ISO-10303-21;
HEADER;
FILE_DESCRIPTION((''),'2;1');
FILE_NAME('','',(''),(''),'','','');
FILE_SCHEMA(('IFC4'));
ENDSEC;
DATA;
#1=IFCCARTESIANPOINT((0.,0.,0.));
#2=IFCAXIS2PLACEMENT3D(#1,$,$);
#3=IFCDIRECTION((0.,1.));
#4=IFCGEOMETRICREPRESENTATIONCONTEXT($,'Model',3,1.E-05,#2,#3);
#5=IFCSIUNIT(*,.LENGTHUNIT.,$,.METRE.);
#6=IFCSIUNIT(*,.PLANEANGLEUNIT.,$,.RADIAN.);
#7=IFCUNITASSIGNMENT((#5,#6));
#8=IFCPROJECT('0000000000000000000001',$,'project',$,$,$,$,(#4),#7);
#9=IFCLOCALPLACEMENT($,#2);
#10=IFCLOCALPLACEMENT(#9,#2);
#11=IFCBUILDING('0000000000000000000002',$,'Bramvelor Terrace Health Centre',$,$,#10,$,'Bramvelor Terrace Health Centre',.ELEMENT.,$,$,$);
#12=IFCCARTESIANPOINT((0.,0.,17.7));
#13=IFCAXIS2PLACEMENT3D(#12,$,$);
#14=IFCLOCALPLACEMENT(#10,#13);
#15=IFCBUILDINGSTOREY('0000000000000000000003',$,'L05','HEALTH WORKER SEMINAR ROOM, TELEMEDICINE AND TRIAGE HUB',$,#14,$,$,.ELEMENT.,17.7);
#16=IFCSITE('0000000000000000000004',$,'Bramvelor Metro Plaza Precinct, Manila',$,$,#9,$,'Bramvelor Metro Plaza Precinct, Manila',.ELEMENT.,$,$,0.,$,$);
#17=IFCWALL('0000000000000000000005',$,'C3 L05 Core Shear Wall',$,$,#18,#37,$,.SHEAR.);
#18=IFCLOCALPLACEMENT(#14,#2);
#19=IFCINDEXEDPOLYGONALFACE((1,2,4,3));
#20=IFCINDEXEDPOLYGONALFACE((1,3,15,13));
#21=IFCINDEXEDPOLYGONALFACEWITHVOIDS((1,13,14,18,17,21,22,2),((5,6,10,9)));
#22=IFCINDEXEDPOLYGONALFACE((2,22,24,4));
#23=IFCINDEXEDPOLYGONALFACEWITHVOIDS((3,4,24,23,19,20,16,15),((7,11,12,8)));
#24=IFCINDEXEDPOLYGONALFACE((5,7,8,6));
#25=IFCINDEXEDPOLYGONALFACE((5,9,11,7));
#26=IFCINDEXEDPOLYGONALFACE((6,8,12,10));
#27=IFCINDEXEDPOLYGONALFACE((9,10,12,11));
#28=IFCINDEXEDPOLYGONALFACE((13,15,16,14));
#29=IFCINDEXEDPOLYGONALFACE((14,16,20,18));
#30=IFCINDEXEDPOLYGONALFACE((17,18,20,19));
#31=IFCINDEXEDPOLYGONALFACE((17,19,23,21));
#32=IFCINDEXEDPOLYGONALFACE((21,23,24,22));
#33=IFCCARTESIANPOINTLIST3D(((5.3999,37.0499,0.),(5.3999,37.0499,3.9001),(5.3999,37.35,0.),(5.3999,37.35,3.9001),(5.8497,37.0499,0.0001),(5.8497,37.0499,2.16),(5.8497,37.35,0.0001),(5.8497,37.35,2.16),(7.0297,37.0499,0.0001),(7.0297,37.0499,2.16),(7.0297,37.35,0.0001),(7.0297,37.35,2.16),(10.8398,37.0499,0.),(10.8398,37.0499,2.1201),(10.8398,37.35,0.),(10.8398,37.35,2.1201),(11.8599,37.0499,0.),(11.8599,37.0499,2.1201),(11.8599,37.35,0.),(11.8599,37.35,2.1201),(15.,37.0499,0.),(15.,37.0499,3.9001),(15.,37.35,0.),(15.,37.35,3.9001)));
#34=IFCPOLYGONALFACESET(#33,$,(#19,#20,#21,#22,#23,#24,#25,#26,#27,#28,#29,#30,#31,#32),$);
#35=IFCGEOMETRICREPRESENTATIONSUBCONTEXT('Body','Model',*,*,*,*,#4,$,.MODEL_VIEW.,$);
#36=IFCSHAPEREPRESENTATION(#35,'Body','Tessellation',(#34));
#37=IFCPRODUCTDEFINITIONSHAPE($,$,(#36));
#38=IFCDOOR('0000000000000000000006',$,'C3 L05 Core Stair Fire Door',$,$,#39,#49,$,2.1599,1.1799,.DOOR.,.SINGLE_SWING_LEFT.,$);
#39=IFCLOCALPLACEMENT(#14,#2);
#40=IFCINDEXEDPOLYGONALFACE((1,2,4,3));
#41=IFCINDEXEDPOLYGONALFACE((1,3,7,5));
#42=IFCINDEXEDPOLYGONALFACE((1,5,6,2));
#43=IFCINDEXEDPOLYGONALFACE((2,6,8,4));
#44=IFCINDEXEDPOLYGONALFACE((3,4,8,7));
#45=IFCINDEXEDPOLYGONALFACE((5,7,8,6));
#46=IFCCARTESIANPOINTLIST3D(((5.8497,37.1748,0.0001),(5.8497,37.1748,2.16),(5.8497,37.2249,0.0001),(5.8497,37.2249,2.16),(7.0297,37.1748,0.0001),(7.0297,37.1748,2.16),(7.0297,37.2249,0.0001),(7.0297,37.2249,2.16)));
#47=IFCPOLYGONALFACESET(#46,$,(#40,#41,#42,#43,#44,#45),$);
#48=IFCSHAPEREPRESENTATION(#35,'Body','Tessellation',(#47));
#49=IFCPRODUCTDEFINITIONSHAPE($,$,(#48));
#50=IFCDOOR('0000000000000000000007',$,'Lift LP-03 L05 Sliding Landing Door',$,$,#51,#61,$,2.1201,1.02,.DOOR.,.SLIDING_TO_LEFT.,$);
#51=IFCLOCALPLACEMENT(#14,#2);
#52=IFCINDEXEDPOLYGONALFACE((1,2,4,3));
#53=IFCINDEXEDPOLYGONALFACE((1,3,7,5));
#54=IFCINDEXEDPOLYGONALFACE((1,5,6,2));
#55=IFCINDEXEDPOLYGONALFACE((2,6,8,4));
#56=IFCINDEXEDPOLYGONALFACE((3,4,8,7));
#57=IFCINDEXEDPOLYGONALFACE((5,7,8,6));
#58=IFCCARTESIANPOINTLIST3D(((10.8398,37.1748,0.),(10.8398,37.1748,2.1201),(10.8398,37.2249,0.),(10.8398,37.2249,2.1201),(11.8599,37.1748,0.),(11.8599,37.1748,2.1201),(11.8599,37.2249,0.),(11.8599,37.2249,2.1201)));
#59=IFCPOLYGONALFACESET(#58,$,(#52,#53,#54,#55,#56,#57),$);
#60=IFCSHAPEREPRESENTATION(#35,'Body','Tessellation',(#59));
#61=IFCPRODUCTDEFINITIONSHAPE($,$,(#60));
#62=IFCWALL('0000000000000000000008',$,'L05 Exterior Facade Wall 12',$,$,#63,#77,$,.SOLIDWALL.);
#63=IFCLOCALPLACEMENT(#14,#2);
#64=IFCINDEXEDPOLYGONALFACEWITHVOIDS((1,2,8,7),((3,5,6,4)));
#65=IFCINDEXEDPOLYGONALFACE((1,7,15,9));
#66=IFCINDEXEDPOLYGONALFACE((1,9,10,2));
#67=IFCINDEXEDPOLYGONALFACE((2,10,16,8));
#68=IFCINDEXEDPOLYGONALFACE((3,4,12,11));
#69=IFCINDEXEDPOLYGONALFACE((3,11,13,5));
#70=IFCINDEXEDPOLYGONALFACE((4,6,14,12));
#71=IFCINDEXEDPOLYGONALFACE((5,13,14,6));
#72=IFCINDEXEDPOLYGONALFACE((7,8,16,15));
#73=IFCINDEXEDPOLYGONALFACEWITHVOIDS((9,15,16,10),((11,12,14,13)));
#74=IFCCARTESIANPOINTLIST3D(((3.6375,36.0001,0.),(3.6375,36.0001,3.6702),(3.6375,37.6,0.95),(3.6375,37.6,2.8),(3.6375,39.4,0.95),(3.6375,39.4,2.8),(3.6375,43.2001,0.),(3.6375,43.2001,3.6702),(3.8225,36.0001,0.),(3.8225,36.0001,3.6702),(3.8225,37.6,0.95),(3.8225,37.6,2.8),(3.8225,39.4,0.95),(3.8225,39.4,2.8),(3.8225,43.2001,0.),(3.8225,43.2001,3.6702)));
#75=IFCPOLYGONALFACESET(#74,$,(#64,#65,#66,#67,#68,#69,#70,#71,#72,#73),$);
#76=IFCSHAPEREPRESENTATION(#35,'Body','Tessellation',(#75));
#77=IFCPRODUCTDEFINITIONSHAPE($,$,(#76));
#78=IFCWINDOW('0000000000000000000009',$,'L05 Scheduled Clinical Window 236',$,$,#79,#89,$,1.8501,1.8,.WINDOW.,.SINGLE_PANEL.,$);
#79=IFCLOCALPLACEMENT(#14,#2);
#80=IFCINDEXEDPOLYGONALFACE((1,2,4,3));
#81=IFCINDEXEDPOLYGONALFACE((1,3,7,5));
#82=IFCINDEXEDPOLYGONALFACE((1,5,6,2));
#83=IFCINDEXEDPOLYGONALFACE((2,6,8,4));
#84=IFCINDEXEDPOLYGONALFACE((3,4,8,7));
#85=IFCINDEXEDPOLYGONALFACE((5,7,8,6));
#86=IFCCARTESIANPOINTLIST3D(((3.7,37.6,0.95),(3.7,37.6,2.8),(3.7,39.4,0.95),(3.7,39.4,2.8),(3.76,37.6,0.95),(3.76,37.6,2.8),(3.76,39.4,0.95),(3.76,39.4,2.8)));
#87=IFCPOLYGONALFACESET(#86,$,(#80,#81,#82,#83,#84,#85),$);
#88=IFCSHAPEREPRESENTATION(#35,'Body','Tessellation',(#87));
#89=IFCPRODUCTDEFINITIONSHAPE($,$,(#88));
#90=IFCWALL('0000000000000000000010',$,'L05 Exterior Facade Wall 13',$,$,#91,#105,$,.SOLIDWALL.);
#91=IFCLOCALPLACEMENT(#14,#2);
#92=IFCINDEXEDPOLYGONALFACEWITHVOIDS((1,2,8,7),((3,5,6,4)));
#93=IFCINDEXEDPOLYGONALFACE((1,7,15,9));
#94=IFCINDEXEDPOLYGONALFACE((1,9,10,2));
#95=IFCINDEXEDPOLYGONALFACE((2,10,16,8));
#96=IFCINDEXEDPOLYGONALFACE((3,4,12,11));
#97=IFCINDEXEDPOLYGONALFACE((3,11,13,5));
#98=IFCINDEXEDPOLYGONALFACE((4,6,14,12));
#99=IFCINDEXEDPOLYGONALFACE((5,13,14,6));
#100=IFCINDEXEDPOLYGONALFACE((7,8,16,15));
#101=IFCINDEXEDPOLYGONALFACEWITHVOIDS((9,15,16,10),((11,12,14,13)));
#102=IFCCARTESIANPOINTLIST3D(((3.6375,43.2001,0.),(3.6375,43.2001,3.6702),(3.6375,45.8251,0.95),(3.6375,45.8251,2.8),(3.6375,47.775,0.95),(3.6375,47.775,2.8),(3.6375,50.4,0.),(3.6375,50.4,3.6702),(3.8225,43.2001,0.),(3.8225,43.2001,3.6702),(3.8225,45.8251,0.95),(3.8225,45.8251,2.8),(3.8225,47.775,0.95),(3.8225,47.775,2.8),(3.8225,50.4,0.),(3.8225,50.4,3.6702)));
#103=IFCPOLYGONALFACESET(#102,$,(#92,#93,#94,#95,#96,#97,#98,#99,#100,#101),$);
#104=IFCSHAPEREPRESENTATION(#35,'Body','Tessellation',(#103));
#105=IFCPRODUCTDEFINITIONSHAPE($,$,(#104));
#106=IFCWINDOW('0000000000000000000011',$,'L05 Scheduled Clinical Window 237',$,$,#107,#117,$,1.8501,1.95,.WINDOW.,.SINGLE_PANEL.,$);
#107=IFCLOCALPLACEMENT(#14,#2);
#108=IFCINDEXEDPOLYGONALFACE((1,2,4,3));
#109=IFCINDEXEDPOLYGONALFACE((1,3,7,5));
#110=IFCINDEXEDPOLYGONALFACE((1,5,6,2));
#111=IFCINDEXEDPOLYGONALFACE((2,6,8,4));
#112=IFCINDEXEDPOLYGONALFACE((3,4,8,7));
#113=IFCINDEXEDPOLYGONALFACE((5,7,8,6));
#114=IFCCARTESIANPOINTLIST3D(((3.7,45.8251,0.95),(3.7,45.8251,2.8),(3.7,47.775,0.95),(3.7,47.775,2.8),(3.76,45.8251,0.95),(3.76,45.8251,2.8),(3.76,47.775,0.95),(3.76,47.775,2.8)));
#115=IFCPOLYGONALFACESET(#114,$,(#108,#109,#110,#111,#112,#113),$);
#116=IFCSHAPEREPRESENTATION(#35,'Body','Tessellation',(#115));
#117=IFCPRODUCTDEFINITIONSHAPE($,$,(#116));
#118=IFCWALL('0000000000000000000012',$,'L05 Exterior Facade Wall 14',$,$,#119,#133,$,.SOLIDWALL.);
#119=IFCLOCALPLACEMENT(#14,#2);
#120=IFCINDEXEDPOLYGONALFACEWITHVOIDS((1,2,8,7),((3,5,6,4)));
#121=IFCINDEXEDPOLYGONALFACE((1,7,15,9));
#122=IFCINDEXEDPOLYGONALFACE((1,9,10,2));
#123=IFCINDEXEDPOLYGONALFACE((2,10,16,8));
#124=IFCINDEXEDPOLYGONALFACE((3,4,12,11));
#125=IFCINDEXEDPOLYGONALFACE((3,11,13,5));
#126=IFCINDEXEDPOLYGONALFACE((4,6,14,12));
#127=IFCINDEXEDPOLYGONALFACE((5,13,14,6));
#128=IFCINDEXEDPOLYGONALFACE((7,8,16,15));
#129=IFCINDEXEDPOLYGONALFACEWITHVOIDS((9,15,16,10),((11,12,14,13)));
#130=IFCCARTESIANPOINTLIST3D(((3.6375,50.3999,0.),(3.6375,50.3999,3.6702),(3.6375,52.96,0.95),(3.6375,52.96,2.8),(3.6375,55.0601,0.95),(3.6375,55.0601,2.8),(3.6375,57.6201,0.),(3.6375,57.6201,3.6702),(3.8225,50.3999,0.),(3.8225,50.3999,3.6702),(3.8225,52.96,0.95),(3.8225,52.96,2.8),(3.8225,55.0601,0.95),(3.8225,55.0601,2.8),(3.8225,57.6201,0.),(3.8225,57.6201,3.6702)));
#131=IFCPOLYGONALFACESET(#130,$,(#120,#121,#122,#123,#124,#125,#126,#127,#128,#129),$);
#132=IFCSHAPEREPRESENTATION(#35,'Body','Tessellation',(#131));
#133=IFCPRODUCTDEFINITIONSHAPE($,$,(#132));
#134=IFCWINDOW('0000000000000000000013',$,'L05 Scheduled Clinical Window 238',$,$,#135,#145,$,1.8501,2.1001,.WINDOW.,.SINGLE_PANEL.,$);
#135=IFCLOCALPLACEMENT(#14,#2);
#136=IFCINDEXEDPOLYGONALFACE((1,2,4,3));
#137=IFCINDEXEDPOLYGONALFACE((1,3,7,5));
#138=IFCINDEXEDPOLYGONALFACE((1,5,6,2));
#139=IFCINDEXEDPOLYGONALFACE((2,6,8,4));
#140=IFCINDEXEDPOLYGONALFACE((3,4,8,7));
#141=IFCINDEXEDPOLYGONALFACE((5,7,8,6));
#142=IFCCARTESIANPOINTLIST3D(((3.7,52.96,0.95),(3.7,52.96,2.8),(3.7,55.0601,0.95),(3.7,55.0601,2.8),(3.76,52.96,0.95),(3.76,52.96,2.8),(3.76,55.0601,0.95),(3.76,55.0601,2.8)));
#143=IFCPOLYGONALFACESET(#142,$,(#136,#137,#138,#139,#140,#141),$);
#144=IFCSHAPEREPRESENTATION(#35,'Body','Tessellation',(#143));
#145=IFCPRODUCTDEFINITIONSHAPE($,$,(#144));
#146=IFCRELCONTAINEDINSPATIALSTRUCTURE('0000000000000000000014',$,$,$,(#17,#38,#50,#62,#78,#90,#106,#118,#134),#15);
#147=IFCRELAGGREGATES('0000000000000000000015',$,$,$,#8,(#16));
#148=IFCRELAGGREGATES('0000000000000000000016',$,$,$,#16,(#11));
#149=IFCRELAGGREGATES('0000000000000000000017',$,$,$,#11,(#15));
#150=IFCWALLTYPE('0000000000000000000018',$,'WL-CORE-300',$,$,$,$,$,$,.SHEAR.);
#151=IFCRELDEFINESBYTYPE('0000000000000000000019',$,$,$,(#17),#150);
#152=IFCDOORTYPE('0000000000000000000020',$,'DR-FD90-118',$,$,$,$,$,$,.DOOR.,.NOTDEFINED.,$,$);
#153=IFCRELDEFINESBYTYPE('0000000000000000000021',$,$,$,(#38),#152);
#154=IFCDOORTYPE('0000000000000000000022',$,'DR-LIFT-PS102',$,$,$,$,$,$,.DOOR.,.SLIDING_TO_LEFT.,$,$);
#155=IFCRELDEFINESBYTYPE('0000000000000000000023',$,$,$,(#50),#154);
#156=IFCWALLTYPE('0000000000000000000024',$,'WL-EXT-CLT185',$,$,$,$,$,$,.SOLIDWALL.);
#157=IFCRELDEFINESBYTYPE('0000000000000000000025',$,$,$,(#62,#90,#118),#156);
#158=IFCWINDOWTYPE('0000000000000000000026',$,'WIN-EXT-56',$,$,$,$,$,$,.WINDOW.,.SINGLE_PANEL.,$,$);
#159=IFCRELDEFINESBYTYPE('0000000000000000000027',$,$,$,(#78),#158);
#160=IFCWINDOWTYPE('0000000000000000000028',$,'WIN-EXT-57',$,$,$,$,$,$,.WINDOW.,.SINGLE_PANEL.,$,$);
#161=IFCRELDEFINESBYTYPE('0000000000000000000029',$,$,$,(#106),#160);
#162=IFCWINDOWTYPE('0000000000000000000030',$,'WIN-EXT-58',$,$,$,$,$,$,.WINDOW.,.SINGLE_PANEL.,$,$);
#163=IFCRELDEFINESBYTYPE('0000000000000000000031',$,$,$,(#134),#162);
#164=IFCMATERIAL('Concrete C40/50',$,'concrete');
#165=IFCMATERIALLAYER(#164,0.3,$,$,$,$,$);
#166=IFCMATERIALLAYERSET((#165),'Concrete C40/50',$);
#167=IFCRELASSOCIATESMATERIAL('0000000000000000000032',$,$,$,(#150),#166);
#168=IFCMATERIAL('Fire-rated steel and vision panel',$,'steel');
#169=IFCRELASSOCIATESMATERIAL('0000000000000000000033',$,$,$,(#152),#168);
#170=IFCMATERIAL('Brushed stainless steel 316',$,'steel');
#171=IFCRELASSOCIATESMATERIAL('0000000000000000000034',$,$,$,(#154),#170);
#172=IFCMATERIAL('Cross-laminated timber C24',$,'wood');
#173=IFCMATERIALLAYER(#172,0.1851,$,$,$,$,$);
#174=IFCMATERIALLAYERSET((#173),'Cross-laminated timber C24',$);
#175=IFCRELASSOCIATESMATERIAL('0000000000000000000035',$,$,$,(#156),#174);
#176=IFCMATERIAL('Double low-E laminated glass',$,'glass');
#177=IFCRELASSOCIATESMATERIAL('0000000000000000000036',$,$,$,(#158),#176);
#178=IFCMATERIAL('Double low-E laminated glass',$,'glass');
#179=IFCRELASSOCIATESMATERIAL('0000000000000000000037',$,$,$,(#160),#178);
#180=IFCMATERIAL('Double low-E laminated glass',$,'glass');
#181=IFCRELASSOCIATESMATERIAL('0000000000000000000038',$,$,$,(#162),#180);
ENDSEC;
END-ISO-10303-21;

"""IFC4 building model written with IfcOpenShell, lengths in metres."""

from ifc_helpers import new_model, si_unit, direction, frame, frame_2d, origin, place, context, subcontext, project, spatial, rectangle, extrude, material, layer, layer_set, type_object, element, fill, save


model = new_model("IFC4")

# Units and contexts
model_context = context("Model", 3, precision=1e-05, world=origin(), true_north=direction((0.0, 1.0)))
body_context = subcontext(model_context, "Body", "Model", "MODEL_VIEW")
ifc_project = project(units=[si_unit("LENGTHUNIT", "METRE"), si_unit("PLANEANGLEUNIT", "RADIAN")], contexts=[model_context])

# Site, building, storey
site_placement = place(None, origin())
site = spatial("IfcSite", under=ifc_project, at=site_placement, Name="Bramvelor Metro Plaza Precinct, Manila", LongName="Bramvelor Metro Plaza Precinct, Manila", CompositionType="ELEMENT", RefElevation=0.0)
building_placement = place(site_placement, origin())
building = spatial("IfcBuilding", under=site, at=building_placement, Name="Bramvelor Terrace Health Centre", LongName="Bramvelor Terrace Health Centre", CompositionType="ELEMENT")
storey_placement = place(building_placement, frame((0.0, 0.0, 17.7)))
storey = spatial("IfcBuildingStorey", under=building, at=storey_placement, Name="L05", Description="HEALTH WORKER SEMINAR ROOM, TELEMEDICINE AND TRIAGE HUB", CompositionType="ELEMENT", Elevation=17.7)

# Wall, openings, doors
ifc_material_1 = material(Name="Concrete C40/50", Category="concrete")
ifc_layer_1 = layer(ifc_material_1, 0.3)
ifc_layer_set_1 = layer_set([ifc_layer_1], Name="Concrete C40/50")
wall_type_1 = type_object("IfcWallType", Name="WL-CORE-300", PredefinedType="SHEAR", material=ifc_layer_set_1)
wall_1_placement = place(storey_placement, frame((5.3999, 37.2, 0.0), z_axis=(0.0, 0.0, 1.0), x_axis=(1.0, 0.0, 0.0)))
wall_1 = element("IfcWall", 1, at=wall_1_placement, inside=storey, type_object=wall_type_1, Name="C3 L05 Core Shear Wall", PredefinedType="SHEAR", context=body_context, shape_type="SweptSolid", body=[
    extrude(rectangle(XDim=9.6001, YDim=0.3, at=frame_2d((4.8, 0.0))), origin(), (0.0, 0.0, 1.0), 3.9001),
])
opening_1_placement = place(wall_1_placement, frame((0.45, 0.0, 0.0)))
opening_1 = element("IfcOpeningElement", 2, at=opening_1_placement, cuts=wall_1, PredefinedType="OPENING", context=body_context, shape_type="SweptSolid", body=[
    extrude(rectangle(XDim=1.1799, YDim=2.1599, at=frame_2d((0.5898, 1.0801))), frame((0.0, 0.1599, 0.0), z_axis=(0.0, -1.0, 0.0), x_axis=(1.0, 0.0, 0.0)), (0.0, 0.0, 1.0), 0.3201),
])
opening_2_placement = place(wall_1_placement, frame((5.4399, 0.0, 0.0)))
opening_2 = element("IfcOpeningElement", 3, at=opening_2_placement, cuts=wall_1, PredefinedType="OPENING", context=body_context, shape_type="SweptSolid", body=[
    extrude(rectangle(XDim=1.02, YDim=2.1201, at=frame_2d((0.51, 1.0601))), frame((0.0, 0.1599, 0.0), z_axis=(0.0, -1.0, 0.0), x_axis=(1.0, 0.0, 0.0)), (0.0, 0.0, 1.0), 0.3201),
])
ifc_material_2 = material(Name="Fire-rated steel and vision panel", Category="steel")
door_type_1 = type_object("IfcDoorType", Name="DR-FD90-118", OperationType="NOTDEFINED", PredefinedType="DOOR", material=ifc_material_2)
door_1_placement = place(opening_1_placement, origin())
door_1 = element("IfcDoor", 4, at=door_1_placement, inside=storey, type_object=door_type_1, Name="C3 L05 Core Stair Fire Door", OperationType="SINGLE_SWING_LEFT", OverallHeight=2.1599, OverallWidth=1.1799, PredefinedType="DOOR", context=body_context, shape_type="SweptSolid", body=[
    extrude(rectangle(XDim=1.1799, YDim=2.1599, at=frame_2d((0.5898, 1.0801))), frame((0.0, 0.0249, 0.0), z_axis=(0.0, -1.0, 0.0), x_axis=(1.0, 0.0, 0.0)), (0.0, 0.0, 1.0), 0.05),
])
fill(opening_1, door_1)
ifc_material_3 = material(Name="Brushed stainless steel 316", Category="steel")
door_type_2 = type_object("IfcDoorType", Name="DR-LIFT-PS102", OperationType="SLIDING_TO_LEFT", PredefinedType="DOOR", material=ifc_material_3)
door_2_placement = place(opening_2_placement, origin())
door_2 = element("IfcDoor", 5, at=door_2_placement, inside=storey, type_object=door_type_2, Name="Lift LP-03 L05 Sliding Landing Door", OperationType="SLIDING_TO_LEFT", OverallHeight=2.1201, OverallWidth=1.02, PredefinedType="DOOR", context=body_context, shape_type="SweptSolid", body=[
    extrude(rectangle(XDim=1.02, YDim=2.1201, at=frame_2d((0.51, 1.0601))), frame((0.0, 0.0249, 0.0), z_axis=(0.0, -1.0, 0.0), x_axis=(1.0, 0.0, 0.0)), (0.0, 0.0, 1.0), 0.05),
])
fill(opening_2, door_2)

# Walls, openings, windows
ifc_material_4 = material(Name="Cross-laminated timber C24", Category="wood")
ifc_layer_2 = layer(ifc_material_4, 0.1851)
ifc_layer_set_2 = layer_set([ifc_layer_2], Name="Cross-laminated timber C24")
wall_type_2 = type_object("IfcWallType", Name="WL-EXT-CLT185", PredefinedType="SOLIDWALL", material=ifc_layer_set_2)
wall_2_placement = place(storey_placement, frame((3.73, 36.0, 0.0), z_axis=(0.0, 0.0, 1.0), x_axis=(0.0, 1.0, 0.0)))
wall_2 = element("IfcWall", 6, at=wall_2_placement, inside=storey, type_object=wall_type_2, Name="L05 Exterior Facade Wall 12", PredefinedType="SOLIDWALL", context=body_context, shape_type="SweptSolid", body=[
    extrude(rectangle(XDim=7.2, YDim=0.1851, at=frame_2d((3.6001, 0.0))), origin(), (0.0, 0.0, 1.0), 3.6702),
])
opening_3_placement = place(wall_2_placement, frame((1.6001, 0.0, 0.95)))
opening_3 = element("IfcOpeningElement", 7, at=opening_3_placement, cuts=wall_2, PredefinedType="OPENING", context=body_context, shape_type="SweptSolid", body=[
    extrude(rectangle(XDim=1.8, YDim=1.8501, at=frame_2d((0.8999, 0.925))), frame((0.0, 0.1025, 0.0), z_axis=(0.0, -1.0, 0.0), x_axis=(1.0, 0.0, 0.0)), (0.0, 0.0, 1.0), 0.2051),
])
ifc_material_5 = material(Name="Double low-E laminated glass", Category="glass")
window_type_1 = type_object("IfcWindowType", Name="WIN-EXT-56", PartitioningType="SINGLE_PANEL", PredefinedType="WINDOW", material=ifc_material_5)
window_1_placement = place(opening_3_placement, origin())
window_1 = element("IfcWindow", 8, at=window_1_placement, inside=storey, type_object=window_type_1, Name="L05 Scheduled Clinical Window 236", OverallHeight=1.8501, OverallWidth=1.8, PartitioningType="SINGLE_PANEL", PredefinedType="WINDOW", context=body_context, shape_type="SweptSolid", body=[
    extrude(rectangle(XDim=1.8, YDim=1.8501, at=frame_2d((0.8999, 0.925))), frame((0.0, 0.03, 0.0), z_axis=(0.0, -1.0, 0.0), x_axis=(1.0, 0.0, 0.0)), (0.0, 0.0, 1.0), 0.0601),
])
fill(opening_3, window_1)
wall_3_placement = place(storey_placement, frame((3.73, 43.2, 0.0), z_axis=(0.0, 0.0, 1.0), x_axis=(0.0, 1.0, 0.0)))
wall_3 = element("IfcWall", 9, at=wall_3_placement, inside=storey, type_object=wall_type_2, Name="L05 Exterior Facade Wall 13", PredefinedType="SOLIDWALL", context=body_context, shape_type="SweptSolid", body=[
    extrude(rectangle(XDim=7.2, YDim=0.1851, at=frame_2d((3.6001, 0.0))), origin(), (0.0, 0.0, 1.0), 3.6702),
])
opening_4_placement = place(wall_3_placement, frame((2.625, 0.0, 0.95)))
opening_4 = element("IfcOpeningElement", 10, at=opening_4_placement, cuts=wall_3, PredefinedType="OPENING", context=body_context, shape_type="SweptSolid", body=[
    extrude(rectangle(XDim=1.95, YDim=1.8501, at=frame_2d((0.9751, 0.925))), frame((0.0, 0.1025, 0.0), z_axis=(0.0, -1.0, 0.0), x_axis=(1.0, 0.0, 0.0)), (0.0, 0.0, 1.0), 0.2051),
])
ifc_material_6 = material(Name="Double low-E laminated glass", Category="glass")
window_type_2 = type_object("IfcWindowType", Name="WIN-EXT-57", PartitioningType="SINGLE_PANEL", PredefinedType="WINDOW", material=ifc_material_6)
window_2_placement = place(opening_4_placement, origin())
window_2 = element("IfcWindow", 11, at=window_2_placement, inside=storey, type_object=window_type_2, Name="L05 Scheduled Clinical Window 237", OverallHeight=1.8501, OverallWidth=1.95, PartitioningType="SINGLE_PANEL", PredefinedType="WINDOW", context=body_context, shape_type="SweptSolid", body=[
    extrude(rectangle(XDim=1.95, YDim=1.8501, at=frame_2d((0.9751, 0.925))), frame((0.0, 0.03, 0.0), z_axis=(0.0, -1.0, 0.0), x_axis=(1.0, 0.0, 0.0)), (0.0, 0.0, 1.0), 0.0601),
])
fill(opening_4, window_2)
wall_4_placement = place(storey_placement, frame((3.73, 50.3999, 0.0), z_axis=(0.0, 0.0, 1.0), x_axis=(0.0, 1.0, 0.0)))
wall_4 = element("IfcWall", 12, at=wall_4_placement, inside=storey, type_object=wall_type_2, Name="L05 Exterior Facade Wall 14", PredefinedType="SOLIDWALL", context=body_context, shape_type="SweptSolid", body=[
    extrude(rectangle(XDim=7.2202, YDim=0.1851, at=frame_2d((3.6101, 0.0))), origin(), (0.0, 0.0, 1.0), 3.6702),
])
opening_5_placement = place(wall_4_placement, frame((2.5601, 0.0, 0.95)))
opening_5 = element("IfcOpeningElement", 13, at=opening_5_placement, cuts=wall_4, PredefinedType="OPENING", context=body_context, shape_type="SweptSolid", body=[
    extrude(rectangle(XDim=2.1001, YDim=1.8501, at=frame_2d((1.05, 0.925))), frame((0.0, 0.1025, 0.0), z_axis=(0.0, -1.0, 0.0), x_axis=(1.0, 0.0, 0.0)), (0.0, 0.0, 1.0), 0.2051),
])
ifc_material_7 = material(Name="Double low-E laminated glass", Category="glass")
window_type_3 = type_object("IfcWindowType", Name="WIN-EXT-58", PartitioningType="SINGLE_PANEL", PredefinedType="WINDOW", material=ifc_material_7)
window_3_placement = place(opening_5_placement, origin())
window_3 = element("IfcWindow", 14, at=window_3_placement, inside=storey, type_object=window_type_3, Name="L05 Scheduled Clinical Window 238", OverallHeight=1.8501, OverallWidth=2.1001, PartitioningType="SINGLE_PANEL", PredefinedType="WINDOW", context=body_context, shape_type="SweptSolid", body=[
    extrude(rectangle(XDim=2.1001, YDim=1.8501, at=frame_2d((1.05, 0.925))), frame((0.0, 0.03, 0.0), z_axis=(0.0, -1.0, 0.0), x_axis=(1.0, 0.0, 0.0)), (0.0, 0.0, 1.0), 0.0601),
])
fill(opening_5, window_3)

save(model, "model.ifc")
